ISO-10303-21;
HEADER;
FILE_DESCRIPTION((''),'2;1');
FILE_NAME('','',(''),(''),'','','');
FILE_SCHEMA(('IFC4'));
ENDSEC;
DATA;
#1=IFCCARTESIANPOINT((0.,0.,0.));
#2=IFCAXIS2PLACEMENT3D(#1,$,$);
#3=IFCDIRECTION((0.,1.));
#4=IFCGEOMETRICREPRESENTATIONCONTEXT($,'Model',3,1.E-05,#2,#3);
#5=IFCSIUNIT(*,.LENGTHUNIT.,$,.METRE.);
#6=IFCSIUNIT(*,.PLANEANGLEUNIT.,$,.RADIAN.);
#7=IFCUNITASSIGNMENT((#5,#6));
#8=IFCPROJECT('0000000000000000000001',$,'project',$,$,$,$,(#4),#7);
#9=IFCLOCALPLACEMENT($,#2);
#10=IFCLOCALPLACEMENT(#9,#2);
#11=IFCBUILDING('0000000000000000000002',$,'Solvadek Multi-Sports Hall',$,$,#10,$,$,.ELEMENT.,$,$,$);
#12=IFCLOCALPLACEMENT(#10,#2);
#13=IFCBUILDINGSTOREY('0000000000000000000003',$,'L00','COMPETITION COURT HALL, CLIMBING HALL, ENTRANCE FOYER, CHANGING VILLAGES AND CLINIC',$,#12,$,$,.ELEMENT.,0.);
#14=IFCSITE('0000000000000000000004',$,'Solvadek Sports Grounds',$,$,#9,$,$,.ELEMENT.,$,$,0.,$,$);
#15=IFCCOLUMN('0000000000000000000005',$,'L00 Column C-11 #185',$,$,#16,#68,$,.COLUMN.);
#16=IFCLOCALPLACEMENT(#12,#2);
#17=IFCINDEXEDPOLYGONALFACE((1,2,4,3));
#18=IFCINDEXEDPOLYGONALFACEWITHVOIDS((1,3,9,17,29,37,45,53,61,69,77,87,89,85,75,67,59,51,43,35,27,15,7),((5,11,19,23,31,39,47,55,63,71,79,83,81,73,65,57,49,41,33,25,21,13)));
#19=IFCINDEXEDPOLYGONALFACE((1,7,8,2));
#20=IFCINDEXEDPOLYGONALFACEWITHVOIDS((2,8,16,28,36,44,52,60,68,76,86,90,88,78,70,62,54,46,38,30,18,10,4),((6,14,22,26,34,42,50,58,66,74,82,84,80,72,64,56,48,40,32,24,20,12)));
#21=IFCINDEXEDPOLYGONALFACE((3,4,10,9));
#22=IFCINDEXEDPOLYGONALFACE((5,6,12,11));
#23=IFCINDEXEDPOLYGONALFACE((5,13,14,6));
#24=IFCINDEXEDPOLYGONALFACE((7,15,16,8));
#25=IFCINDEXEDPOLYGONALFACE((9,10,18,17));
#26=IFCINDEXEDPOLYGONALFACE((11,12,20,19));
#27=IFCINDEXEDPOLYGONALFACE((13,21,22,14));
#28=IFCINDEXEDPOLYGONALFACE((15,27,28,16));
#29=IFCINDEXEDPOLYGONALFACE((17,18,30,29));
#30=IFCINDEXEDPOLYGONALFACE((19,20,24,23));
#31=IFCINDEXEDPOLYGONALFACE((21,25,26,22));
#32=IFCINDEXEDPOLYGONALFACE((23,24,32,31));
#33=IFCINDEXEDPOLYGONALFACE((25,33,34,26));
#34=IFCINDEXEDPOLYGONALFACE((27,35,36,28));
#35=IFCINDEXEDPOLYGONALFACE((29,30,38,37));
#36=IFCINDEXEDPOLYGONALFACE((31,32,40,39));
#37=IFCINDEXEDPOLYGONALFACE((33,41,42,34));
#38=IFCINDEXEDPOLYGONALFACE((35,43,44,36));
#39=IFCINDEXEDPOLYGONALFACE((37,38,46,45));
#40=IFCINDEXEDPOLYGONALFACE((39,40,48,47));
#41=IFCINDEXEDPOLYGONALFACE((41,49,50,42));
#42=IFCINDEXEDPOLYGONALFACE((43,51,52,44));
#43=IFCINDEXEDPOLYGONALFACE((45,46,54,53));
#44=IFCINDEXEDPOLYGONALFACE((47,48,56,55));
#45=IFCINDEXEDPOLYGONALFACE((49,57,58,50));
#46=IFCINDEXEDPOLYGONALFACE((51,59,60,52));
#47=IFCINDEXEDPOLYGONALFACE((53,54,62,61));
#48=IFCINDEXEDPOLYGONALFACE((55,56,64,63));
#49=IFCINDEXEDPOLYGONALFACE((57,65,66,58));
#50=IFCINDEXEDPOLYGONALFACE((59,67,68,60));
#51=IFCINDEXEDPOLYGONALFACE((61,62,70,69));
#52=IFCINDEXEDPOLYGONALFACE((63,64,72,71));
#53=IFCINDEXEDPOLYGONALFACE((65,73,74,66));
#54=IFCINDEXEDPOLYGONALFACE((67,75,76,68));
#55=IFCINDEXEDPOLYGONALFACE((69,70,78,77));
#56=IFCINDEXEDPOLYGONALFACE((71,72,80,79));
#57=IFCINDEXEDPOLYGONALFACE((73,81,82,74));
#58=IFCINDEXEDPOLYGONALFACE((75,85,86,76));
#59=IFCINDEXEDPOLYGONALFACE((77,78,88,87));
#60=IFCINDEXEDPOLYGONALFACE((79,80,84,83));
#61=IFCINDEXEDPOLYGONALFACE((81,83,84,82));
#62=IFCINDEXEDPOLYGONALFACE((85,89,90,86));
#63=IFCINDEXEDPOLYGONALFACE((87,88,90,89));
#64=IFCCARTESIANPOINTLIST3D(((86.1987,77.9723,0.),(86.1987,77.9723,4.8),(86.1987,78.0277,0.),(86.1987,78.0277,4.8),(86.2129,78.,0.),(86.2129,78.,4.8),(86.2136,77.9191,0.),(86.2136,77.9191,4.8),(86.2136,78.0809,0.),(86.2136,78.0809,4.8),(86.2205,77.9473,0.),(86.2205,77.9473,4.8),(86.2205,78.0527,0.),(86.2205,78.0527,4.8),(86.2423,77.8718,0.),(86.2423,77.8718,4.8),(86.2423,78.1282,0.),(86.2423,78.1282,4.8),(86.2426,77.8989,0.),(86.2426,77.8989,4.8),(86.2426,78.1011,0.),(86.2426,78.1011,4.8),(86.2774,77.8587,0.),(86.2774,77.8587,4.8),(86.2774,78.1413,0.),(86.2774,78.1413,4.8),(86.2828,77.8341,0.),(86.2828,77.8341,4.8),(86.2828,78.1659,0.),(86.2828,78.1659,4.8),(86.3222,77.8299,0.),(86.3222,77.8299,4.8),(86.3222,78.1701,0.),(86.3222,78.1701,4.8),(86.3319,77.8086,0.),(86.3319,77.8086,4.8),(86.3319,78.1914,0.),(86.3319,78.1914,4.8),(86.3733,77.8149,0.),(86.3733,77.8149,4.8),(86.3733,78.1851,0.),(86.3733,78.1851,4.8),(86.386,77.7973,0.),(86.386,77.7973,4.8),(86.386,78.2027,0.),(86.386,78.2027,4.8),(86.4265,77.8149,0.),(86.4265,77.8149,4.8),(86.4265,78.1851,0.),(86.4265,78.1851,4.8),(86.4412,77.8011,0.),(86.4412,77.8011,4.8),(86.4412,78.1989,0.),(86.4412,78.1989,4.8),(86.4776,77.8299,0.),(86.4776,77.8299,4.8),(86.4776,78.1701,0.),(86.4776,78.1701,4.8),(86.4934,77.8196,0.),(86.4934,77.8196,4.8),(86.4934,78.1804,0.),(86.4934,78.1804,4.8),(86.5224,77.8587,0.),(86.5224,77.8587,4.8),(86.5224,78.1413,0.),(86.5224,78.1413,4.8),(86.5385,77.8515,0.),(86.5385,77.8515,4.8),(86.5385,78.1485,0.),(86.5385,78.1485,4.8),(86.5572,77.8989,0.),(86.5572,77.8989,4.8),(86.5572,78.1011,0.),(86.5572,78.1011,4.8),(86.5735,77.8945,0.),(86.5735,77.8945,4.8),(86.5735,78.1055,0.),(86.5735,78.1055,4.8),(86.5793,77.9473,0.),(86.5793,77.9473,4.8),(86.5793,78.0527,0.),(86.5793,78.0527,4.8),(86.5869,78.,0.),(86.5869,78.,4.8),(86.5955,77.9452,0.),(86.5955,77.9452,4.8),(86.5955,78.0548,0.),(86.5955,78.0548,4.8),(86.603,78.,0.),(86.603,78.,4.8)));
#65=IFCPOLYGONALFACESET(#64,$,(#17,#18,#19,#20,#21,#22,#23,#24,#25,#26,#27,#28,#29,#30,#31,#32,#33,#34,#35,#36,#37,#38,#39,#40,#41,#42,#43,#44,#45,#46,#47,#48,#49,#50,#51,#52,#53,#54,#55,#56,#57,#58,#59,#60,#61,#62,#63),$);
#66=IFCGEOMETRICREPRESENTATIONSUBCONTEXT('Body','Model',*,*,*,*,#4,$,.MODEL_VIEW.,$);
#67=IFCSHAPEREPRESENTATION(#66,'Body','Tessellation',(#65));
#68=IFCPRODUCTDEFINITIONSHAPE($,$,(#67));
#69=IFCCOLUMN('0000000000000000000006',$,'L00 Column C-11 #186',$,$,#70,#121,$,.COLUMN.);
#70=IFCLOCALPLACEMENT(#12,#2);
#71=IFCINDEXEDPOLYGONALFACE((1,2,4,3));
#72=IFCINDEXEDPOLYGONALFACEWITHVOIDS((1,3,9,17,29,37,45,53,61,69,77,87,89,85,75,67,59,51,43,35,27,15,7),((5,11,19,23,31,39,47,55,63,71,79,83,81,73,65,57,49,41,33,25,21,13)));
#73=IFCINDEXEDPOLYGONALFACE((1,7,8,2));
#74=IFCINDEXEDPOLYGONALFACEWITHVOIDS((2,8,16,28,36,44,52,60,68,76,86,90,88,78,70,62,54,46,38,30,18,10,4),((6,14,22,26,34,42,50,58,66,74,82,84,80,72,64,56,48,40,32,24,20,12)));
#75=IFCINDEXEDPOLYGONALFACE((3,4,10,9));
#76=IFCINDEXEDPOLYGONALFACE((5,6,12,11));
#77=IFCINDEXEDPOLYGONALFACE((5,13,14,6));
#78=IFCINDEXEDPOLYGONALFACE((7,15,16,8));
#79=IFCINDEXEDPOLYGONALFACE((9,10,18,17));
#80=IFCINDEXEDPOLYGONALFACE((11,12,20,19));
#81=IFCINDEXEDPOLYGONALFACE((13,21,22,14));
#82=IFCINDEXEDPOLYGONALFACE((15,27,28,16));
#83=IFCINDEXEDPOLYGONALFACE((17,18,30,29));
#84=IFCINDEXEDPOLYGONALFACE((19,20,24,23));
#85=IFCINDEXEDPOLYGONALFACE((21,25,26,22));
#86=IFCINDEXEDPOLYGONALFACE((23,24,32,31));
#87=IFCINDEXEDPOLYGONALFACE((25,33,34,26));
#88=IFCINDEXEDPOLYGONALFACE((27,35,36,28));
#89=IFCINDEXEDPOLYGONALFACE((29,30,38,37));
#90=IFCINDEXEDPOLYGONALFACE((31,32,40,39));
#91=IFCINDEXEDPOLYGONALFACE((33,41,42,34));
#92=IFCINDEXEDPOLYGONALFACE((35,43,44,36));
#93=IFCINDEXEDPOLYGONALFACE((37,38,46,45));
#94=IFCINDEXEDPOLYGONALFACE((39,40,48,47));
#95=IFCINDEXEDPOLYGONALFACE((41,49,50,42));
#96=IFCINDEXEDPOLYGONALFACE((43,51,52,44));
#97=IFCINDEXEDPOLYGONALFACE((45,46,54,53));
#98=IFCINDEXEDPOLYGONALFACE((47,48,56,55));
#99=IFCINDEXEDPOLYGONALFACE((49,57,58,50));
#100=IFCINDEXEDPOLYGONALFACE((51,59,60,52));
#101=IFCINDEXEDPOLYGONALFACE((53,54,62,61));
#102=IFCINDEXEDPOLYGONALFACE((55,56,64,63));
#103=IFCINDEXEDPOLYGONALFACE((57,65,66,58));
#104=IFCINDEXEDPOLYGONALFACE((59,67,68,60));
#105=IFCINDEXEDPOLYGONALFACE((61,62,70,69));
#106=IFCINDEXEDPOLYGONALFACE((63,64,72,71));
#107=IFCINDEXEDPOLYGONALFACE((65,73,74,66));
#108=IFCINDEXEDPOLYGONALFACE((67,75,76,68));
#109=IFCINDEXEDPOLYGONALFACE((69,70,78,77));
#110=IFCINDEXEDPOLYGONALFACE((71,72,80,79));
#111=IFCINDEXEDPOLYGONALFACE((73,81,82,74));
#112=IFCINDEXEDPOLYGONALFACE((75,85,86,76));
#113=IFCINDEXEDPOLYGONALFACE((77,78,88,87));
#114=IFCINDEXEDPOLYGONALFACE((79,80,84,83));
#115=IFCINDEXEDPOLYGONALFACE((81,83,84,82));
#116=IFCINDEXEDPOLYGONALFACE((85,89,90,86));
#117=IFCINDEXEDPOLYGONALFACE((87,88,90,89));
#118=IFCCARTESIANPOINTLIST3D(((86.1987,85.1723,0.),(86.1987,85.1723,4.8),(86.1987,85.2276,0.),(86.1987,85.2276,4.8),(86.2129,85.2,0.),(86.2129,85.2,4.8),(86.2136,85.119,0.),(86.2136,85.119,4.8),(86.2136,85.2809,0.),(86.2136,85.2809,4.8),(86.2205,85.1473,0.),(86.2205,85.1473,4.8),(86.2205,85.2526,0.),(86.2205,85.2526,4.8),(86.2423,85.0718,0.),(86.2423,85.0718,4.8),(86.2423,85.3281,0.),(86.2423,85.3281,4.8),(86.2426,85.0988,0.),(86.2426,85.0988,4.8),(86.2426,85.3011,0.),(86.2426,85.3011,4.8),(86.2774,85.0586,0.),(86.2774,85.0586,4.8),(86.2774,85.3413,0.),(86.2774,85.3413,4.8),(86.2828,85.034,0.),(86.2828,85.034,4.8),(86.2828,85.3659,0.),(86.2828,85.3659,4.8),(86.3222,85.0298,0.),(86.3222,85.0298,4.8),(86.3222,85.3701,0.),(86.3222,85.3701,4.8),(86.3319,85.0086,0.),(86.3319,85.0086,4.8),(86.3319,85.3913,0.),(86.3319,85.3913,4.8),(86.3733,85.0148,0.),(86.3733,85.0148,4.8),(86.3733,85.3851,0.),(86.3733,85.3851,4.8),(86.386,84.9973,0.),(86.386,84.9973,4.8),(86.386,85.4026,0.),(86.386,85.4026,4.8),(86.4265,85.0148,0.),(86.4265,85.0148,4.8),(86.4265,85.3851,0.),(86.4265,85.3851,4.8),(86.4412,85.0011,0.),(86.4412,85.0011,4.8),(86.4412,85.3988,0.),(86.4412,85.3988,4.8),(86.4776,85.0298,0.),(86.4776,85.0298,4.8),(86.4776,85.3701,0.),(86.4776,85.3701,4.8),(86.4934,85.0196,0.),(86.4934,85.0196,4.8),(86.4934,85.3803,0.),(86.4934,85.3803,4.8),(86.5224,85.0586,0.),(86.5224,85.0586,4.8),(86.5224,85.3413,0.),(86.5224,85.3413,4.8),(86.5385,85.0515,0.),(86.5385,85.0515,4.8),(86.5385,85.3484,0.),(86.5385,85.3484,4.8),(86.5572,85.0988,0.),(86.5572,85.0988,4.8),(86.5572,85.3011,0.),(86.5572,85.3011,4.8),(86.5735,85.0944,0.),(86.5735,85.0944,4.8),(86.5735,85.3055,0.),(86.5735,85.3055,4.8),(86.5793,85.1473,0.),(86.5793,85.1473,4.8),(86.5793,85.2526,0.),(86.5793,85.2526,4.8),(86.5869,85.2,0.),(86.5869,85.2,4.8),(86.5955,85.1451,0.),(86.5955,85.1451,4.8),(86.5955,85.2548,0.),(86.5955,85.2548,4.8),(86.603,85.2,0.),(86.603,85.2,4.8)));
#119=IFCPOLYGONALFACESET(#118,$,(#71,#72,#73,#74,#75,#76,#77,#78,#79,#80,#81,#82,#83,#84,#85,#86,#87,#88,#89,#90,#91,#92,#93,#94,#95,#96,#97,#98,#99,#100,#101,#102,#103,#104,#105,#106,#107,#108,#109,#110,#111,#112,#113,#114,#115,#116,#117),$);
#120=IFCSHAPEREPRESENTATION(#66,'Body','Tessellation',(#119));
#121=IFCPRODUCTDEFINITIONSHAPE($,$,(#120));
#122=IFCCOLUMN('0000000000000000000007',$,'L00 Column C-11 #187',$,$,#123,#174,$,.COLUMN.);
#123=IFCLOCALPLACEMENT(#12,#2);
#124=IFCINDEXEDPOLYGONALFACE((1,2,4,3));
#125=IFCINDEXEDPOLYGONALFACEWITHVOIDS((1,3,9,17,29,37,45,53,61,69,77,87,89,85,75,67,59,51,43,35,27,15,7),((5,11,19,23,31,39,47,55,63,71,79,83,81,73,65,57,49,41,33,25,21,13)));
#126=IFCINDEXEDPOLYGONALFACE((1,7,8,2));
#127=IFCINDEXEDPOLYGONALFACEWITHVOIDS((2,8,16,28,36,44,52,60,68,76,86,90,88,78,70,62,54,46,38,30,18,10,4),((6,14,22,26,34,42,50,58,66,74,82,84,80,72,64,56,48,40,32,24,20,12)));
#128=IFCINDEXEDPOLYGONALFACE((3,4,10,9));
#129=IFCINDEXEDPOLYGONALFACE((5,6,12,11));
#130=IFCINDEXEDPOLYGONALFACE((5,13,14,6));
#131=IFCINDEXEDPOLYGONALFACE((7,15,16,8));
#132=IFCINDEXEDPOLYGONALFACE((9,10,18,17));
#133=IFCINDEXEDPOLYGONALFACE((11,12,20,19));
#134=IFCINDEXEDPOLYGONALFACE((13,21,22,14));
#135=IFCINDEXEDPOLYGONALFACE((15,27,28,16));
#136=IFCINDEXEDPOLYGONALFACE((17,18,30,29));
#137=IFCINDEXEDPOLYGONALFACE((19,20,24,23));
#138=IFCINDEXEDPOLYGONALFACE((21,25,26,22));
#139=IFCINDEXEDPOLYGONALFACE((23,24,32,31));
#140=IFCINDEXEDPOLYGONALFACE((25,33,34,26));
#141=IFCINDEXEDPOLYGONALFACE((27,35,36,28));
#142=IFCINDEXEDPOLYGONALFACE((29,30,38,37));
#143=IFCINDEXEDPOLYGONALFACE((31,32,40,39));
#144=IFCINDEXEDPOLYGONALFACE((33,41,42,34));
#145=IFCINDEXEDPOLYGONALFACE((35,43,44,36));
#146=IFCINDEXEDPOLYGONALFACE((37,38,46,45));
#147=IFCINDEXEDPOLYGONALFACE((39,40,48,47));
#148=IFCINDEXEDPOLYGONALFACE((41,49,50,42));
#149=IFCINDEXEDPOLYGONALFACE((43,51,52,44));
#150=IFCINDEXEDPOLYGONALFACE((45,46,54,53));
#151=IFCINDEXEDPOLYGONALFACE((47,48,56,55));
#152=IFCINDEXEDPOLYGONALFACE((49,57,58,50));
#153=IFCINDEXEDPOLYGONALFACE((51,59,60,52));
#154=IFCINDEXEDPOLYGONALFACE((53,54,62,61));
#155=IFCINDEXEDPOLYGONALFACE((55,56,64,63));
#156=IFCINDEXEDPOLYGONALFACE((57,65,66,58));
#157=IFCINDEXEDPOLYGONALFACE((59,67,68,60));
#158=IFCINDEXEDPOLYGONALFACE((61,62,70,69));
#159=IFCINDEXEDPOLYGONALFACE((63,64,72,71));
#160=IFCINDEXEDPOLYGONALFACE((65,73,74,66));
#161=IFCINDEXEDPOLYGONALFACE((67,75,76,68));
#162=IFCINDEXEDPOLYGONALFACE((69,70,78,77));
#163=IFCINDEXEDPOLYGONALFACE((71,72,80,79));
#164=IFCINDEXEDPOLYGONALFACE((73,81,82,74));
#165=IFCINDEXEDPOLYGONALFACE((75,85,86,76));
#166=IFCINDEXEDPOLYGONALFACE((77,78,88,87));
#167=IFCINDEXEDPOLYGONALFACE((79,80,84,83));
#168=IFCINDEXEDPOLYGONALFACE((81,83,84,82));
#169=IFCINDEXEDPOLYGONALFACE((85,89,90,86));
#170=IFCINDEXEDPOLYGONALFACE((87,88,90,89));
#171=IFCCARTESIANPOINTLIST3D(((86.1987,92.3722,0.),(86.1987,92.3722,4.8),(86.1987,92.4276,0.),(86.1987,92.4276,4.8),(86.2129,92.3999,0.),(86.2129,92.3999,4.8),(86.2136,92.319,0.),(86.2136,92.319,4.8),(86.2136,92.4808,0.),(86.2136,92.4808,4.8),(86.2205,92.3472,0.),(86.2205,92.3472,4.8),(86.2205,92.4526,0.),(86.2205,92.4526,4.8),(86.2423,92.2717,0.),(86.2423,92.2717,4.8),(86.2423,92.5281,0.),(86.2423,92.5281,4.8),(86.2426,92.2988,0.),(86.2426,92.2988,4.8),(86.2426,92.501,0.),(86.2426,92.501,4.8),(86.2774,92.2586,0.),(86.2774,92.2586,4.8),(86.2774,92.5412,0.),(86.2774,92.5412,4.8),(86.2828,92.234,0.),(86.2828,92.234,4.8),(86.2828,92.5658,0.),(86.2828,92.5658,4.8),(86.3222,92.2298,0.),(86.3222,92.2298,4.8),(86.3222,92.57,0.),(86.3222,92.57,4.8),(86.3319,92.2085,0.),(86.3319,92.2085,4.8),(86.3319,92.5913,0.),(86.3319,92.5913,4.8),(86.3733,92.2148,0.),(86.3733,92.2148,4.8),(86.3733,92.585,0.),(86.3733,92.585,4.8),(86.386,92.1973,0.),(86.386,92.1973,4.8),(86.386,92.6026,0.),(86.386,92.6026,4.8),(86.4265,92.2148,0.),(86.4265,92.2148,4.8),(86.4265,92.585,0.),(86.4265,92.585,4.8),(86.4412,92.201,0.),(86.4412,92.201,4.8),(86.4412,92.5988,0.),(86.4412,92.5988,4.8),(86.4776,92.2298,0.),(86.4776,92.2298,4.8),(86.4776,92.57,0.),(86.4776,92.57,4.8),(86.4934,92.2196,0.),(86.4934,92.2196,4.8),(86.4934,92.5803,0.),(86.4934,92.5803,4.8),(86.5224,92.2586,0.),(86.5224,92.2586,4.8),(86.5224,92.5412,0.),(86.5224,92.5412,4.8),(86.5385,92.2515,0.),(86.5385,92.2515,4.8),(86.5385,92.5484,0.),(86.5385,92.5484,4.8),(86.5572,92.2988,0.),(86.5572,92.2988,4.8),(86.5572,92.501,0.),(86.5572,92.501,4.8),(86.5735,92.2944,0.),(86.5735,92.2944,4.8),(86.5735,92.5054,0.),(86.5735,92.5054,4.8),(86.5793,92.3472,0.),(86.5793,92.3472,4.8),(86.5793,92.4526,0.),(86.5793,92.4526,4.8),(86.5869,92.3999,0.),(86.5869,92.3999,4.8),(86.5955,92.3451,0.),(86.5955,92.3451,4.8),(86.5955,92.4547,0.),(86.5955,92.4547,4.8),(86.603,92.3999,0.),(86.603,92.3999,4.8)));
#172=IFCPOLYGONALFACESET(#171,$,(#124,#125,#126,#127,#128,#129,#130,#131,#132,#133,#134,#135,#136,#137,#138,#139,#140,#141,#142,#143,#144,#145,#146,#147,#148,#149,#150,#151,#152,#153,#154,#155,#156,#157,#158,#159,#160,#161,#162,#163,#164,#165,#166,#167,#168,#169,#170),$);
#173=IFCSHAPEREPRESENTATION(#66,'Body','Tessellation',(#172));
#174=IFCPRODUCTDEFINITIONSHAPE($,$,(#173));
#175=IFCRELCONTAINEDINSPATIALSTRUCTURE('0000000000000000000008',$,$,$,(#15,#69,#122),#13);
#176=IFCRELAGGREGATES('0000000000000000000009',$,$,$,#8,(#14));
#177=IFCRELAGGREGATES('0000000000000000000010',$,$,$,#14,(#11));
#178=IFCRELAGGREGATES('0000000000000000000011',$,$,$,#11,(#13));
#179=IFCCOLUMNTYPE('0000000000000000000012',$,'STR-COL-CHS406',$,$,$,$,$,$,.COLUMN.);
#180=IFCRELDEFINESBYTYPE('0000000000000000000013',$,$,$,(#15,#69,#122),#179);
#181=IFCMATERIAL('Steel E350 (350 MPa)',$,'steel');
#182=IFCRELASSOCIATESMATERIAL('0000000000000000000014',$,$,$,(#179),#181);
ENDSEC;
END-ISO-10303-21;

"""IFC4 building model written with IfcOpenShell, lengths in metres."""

from ifc_helpers import new_model, si_unit, direction, frame, origin, origin_2d, place, context, subcontext, project, spatial, hollow_circle, extrude, material, material_profile, profile_set, type_object, element, save


model = new_model("IFC4")

# Units and contexts
model_context = context("Model", 3, precision=1e-05, world=origin(), true_north=direction((0.0, 1.0)))
body_context = subcontext(model_context, "Body", "Model", "MODEL_VIEW")
ifc_project = project(units=[si_unit("LENGTHUNIT", "METRE"), si_unit("PLANEANGLEUNIT", "RADIAN")], contexts=[model_context])

# Site, building, storey
site_placement = place(None, origin())
site = spatial("IfcSite", under=ifc_project, at=site_placement, Name="Solvadek Sports Grounds", CompositionType="ELEMENT", RefElevation=0.0)
building_placement = place(site_placement, origin())
building = spatial("IfcBuilding", under=site, at=building_placement, Name="Solvadek Multi-Sports Hall", CompositionType="ELEMENT")
storey_placement = place(building_placement, origin())
storey = spatial("IfcBuildingStorey", under=building, at=storey_placement, Name="L00", Description="COMPETITION COURT HALL, CLIMBING HALL, ENTRANCE FOYER, CHANGING VILLAGES AND CLINIC", CompositionType="ELEMENT", Elevation=0.0)

# Columns
ifc_material_1 = material(Name="Steel E350 (350 MPa)", Category="steel")
ifc_material_profile_1 = material_profile(ifc_material_1, hollow_circle(Radius=0.2031, WallThickness=0.0161, at=origin_2d()), Name="CHS 406.4x16")
ifc_profile_set_1 = profile_set([ifc_material_profile_1], Name="Steel E350 (350 MPa)")
column_type = type_object("IfcColumnType", Name="STR-COL-CHS406", PredefinedType="COLUMN", material=ifc_profile_set_1)
for number, where, z_axis, x_axis, name in (
    (1, (86.3999, 78.0, 0.0), (0.0, 0.0, 1.0), (1.0, 0.0, 0.0), "L00 Column C-11 #185"),
    (2, (86.3999, 85.2, 0.0), (0.0, 0.0, 1.0), (1.0, 0.0, 0.0), "L00 Column C-11 #186"),
    (3, (86.3999, 92.3999, 0.0), (0.0, 0.0, 1.0), (1.0, 0.0, 0.0), "L00 Column C-11 #187"),
):
    element("IfcColumn", number, at=place(storey_placement, frame(where, z_axis=z_axis, x_axis=x_axis)), inside=storey, type_object=column_type, Name=name, PredefinedType="COLUMN", context=body_context, shape_type="SweptSolid", body=[
        extrude(hollow_circle(Radius=0.2031, WallThickness=0.0161, at=origin_2d()), origin(), (0.0, 0.0, 1.0), 4.8),
    ])

save(model, "model.ifc")
